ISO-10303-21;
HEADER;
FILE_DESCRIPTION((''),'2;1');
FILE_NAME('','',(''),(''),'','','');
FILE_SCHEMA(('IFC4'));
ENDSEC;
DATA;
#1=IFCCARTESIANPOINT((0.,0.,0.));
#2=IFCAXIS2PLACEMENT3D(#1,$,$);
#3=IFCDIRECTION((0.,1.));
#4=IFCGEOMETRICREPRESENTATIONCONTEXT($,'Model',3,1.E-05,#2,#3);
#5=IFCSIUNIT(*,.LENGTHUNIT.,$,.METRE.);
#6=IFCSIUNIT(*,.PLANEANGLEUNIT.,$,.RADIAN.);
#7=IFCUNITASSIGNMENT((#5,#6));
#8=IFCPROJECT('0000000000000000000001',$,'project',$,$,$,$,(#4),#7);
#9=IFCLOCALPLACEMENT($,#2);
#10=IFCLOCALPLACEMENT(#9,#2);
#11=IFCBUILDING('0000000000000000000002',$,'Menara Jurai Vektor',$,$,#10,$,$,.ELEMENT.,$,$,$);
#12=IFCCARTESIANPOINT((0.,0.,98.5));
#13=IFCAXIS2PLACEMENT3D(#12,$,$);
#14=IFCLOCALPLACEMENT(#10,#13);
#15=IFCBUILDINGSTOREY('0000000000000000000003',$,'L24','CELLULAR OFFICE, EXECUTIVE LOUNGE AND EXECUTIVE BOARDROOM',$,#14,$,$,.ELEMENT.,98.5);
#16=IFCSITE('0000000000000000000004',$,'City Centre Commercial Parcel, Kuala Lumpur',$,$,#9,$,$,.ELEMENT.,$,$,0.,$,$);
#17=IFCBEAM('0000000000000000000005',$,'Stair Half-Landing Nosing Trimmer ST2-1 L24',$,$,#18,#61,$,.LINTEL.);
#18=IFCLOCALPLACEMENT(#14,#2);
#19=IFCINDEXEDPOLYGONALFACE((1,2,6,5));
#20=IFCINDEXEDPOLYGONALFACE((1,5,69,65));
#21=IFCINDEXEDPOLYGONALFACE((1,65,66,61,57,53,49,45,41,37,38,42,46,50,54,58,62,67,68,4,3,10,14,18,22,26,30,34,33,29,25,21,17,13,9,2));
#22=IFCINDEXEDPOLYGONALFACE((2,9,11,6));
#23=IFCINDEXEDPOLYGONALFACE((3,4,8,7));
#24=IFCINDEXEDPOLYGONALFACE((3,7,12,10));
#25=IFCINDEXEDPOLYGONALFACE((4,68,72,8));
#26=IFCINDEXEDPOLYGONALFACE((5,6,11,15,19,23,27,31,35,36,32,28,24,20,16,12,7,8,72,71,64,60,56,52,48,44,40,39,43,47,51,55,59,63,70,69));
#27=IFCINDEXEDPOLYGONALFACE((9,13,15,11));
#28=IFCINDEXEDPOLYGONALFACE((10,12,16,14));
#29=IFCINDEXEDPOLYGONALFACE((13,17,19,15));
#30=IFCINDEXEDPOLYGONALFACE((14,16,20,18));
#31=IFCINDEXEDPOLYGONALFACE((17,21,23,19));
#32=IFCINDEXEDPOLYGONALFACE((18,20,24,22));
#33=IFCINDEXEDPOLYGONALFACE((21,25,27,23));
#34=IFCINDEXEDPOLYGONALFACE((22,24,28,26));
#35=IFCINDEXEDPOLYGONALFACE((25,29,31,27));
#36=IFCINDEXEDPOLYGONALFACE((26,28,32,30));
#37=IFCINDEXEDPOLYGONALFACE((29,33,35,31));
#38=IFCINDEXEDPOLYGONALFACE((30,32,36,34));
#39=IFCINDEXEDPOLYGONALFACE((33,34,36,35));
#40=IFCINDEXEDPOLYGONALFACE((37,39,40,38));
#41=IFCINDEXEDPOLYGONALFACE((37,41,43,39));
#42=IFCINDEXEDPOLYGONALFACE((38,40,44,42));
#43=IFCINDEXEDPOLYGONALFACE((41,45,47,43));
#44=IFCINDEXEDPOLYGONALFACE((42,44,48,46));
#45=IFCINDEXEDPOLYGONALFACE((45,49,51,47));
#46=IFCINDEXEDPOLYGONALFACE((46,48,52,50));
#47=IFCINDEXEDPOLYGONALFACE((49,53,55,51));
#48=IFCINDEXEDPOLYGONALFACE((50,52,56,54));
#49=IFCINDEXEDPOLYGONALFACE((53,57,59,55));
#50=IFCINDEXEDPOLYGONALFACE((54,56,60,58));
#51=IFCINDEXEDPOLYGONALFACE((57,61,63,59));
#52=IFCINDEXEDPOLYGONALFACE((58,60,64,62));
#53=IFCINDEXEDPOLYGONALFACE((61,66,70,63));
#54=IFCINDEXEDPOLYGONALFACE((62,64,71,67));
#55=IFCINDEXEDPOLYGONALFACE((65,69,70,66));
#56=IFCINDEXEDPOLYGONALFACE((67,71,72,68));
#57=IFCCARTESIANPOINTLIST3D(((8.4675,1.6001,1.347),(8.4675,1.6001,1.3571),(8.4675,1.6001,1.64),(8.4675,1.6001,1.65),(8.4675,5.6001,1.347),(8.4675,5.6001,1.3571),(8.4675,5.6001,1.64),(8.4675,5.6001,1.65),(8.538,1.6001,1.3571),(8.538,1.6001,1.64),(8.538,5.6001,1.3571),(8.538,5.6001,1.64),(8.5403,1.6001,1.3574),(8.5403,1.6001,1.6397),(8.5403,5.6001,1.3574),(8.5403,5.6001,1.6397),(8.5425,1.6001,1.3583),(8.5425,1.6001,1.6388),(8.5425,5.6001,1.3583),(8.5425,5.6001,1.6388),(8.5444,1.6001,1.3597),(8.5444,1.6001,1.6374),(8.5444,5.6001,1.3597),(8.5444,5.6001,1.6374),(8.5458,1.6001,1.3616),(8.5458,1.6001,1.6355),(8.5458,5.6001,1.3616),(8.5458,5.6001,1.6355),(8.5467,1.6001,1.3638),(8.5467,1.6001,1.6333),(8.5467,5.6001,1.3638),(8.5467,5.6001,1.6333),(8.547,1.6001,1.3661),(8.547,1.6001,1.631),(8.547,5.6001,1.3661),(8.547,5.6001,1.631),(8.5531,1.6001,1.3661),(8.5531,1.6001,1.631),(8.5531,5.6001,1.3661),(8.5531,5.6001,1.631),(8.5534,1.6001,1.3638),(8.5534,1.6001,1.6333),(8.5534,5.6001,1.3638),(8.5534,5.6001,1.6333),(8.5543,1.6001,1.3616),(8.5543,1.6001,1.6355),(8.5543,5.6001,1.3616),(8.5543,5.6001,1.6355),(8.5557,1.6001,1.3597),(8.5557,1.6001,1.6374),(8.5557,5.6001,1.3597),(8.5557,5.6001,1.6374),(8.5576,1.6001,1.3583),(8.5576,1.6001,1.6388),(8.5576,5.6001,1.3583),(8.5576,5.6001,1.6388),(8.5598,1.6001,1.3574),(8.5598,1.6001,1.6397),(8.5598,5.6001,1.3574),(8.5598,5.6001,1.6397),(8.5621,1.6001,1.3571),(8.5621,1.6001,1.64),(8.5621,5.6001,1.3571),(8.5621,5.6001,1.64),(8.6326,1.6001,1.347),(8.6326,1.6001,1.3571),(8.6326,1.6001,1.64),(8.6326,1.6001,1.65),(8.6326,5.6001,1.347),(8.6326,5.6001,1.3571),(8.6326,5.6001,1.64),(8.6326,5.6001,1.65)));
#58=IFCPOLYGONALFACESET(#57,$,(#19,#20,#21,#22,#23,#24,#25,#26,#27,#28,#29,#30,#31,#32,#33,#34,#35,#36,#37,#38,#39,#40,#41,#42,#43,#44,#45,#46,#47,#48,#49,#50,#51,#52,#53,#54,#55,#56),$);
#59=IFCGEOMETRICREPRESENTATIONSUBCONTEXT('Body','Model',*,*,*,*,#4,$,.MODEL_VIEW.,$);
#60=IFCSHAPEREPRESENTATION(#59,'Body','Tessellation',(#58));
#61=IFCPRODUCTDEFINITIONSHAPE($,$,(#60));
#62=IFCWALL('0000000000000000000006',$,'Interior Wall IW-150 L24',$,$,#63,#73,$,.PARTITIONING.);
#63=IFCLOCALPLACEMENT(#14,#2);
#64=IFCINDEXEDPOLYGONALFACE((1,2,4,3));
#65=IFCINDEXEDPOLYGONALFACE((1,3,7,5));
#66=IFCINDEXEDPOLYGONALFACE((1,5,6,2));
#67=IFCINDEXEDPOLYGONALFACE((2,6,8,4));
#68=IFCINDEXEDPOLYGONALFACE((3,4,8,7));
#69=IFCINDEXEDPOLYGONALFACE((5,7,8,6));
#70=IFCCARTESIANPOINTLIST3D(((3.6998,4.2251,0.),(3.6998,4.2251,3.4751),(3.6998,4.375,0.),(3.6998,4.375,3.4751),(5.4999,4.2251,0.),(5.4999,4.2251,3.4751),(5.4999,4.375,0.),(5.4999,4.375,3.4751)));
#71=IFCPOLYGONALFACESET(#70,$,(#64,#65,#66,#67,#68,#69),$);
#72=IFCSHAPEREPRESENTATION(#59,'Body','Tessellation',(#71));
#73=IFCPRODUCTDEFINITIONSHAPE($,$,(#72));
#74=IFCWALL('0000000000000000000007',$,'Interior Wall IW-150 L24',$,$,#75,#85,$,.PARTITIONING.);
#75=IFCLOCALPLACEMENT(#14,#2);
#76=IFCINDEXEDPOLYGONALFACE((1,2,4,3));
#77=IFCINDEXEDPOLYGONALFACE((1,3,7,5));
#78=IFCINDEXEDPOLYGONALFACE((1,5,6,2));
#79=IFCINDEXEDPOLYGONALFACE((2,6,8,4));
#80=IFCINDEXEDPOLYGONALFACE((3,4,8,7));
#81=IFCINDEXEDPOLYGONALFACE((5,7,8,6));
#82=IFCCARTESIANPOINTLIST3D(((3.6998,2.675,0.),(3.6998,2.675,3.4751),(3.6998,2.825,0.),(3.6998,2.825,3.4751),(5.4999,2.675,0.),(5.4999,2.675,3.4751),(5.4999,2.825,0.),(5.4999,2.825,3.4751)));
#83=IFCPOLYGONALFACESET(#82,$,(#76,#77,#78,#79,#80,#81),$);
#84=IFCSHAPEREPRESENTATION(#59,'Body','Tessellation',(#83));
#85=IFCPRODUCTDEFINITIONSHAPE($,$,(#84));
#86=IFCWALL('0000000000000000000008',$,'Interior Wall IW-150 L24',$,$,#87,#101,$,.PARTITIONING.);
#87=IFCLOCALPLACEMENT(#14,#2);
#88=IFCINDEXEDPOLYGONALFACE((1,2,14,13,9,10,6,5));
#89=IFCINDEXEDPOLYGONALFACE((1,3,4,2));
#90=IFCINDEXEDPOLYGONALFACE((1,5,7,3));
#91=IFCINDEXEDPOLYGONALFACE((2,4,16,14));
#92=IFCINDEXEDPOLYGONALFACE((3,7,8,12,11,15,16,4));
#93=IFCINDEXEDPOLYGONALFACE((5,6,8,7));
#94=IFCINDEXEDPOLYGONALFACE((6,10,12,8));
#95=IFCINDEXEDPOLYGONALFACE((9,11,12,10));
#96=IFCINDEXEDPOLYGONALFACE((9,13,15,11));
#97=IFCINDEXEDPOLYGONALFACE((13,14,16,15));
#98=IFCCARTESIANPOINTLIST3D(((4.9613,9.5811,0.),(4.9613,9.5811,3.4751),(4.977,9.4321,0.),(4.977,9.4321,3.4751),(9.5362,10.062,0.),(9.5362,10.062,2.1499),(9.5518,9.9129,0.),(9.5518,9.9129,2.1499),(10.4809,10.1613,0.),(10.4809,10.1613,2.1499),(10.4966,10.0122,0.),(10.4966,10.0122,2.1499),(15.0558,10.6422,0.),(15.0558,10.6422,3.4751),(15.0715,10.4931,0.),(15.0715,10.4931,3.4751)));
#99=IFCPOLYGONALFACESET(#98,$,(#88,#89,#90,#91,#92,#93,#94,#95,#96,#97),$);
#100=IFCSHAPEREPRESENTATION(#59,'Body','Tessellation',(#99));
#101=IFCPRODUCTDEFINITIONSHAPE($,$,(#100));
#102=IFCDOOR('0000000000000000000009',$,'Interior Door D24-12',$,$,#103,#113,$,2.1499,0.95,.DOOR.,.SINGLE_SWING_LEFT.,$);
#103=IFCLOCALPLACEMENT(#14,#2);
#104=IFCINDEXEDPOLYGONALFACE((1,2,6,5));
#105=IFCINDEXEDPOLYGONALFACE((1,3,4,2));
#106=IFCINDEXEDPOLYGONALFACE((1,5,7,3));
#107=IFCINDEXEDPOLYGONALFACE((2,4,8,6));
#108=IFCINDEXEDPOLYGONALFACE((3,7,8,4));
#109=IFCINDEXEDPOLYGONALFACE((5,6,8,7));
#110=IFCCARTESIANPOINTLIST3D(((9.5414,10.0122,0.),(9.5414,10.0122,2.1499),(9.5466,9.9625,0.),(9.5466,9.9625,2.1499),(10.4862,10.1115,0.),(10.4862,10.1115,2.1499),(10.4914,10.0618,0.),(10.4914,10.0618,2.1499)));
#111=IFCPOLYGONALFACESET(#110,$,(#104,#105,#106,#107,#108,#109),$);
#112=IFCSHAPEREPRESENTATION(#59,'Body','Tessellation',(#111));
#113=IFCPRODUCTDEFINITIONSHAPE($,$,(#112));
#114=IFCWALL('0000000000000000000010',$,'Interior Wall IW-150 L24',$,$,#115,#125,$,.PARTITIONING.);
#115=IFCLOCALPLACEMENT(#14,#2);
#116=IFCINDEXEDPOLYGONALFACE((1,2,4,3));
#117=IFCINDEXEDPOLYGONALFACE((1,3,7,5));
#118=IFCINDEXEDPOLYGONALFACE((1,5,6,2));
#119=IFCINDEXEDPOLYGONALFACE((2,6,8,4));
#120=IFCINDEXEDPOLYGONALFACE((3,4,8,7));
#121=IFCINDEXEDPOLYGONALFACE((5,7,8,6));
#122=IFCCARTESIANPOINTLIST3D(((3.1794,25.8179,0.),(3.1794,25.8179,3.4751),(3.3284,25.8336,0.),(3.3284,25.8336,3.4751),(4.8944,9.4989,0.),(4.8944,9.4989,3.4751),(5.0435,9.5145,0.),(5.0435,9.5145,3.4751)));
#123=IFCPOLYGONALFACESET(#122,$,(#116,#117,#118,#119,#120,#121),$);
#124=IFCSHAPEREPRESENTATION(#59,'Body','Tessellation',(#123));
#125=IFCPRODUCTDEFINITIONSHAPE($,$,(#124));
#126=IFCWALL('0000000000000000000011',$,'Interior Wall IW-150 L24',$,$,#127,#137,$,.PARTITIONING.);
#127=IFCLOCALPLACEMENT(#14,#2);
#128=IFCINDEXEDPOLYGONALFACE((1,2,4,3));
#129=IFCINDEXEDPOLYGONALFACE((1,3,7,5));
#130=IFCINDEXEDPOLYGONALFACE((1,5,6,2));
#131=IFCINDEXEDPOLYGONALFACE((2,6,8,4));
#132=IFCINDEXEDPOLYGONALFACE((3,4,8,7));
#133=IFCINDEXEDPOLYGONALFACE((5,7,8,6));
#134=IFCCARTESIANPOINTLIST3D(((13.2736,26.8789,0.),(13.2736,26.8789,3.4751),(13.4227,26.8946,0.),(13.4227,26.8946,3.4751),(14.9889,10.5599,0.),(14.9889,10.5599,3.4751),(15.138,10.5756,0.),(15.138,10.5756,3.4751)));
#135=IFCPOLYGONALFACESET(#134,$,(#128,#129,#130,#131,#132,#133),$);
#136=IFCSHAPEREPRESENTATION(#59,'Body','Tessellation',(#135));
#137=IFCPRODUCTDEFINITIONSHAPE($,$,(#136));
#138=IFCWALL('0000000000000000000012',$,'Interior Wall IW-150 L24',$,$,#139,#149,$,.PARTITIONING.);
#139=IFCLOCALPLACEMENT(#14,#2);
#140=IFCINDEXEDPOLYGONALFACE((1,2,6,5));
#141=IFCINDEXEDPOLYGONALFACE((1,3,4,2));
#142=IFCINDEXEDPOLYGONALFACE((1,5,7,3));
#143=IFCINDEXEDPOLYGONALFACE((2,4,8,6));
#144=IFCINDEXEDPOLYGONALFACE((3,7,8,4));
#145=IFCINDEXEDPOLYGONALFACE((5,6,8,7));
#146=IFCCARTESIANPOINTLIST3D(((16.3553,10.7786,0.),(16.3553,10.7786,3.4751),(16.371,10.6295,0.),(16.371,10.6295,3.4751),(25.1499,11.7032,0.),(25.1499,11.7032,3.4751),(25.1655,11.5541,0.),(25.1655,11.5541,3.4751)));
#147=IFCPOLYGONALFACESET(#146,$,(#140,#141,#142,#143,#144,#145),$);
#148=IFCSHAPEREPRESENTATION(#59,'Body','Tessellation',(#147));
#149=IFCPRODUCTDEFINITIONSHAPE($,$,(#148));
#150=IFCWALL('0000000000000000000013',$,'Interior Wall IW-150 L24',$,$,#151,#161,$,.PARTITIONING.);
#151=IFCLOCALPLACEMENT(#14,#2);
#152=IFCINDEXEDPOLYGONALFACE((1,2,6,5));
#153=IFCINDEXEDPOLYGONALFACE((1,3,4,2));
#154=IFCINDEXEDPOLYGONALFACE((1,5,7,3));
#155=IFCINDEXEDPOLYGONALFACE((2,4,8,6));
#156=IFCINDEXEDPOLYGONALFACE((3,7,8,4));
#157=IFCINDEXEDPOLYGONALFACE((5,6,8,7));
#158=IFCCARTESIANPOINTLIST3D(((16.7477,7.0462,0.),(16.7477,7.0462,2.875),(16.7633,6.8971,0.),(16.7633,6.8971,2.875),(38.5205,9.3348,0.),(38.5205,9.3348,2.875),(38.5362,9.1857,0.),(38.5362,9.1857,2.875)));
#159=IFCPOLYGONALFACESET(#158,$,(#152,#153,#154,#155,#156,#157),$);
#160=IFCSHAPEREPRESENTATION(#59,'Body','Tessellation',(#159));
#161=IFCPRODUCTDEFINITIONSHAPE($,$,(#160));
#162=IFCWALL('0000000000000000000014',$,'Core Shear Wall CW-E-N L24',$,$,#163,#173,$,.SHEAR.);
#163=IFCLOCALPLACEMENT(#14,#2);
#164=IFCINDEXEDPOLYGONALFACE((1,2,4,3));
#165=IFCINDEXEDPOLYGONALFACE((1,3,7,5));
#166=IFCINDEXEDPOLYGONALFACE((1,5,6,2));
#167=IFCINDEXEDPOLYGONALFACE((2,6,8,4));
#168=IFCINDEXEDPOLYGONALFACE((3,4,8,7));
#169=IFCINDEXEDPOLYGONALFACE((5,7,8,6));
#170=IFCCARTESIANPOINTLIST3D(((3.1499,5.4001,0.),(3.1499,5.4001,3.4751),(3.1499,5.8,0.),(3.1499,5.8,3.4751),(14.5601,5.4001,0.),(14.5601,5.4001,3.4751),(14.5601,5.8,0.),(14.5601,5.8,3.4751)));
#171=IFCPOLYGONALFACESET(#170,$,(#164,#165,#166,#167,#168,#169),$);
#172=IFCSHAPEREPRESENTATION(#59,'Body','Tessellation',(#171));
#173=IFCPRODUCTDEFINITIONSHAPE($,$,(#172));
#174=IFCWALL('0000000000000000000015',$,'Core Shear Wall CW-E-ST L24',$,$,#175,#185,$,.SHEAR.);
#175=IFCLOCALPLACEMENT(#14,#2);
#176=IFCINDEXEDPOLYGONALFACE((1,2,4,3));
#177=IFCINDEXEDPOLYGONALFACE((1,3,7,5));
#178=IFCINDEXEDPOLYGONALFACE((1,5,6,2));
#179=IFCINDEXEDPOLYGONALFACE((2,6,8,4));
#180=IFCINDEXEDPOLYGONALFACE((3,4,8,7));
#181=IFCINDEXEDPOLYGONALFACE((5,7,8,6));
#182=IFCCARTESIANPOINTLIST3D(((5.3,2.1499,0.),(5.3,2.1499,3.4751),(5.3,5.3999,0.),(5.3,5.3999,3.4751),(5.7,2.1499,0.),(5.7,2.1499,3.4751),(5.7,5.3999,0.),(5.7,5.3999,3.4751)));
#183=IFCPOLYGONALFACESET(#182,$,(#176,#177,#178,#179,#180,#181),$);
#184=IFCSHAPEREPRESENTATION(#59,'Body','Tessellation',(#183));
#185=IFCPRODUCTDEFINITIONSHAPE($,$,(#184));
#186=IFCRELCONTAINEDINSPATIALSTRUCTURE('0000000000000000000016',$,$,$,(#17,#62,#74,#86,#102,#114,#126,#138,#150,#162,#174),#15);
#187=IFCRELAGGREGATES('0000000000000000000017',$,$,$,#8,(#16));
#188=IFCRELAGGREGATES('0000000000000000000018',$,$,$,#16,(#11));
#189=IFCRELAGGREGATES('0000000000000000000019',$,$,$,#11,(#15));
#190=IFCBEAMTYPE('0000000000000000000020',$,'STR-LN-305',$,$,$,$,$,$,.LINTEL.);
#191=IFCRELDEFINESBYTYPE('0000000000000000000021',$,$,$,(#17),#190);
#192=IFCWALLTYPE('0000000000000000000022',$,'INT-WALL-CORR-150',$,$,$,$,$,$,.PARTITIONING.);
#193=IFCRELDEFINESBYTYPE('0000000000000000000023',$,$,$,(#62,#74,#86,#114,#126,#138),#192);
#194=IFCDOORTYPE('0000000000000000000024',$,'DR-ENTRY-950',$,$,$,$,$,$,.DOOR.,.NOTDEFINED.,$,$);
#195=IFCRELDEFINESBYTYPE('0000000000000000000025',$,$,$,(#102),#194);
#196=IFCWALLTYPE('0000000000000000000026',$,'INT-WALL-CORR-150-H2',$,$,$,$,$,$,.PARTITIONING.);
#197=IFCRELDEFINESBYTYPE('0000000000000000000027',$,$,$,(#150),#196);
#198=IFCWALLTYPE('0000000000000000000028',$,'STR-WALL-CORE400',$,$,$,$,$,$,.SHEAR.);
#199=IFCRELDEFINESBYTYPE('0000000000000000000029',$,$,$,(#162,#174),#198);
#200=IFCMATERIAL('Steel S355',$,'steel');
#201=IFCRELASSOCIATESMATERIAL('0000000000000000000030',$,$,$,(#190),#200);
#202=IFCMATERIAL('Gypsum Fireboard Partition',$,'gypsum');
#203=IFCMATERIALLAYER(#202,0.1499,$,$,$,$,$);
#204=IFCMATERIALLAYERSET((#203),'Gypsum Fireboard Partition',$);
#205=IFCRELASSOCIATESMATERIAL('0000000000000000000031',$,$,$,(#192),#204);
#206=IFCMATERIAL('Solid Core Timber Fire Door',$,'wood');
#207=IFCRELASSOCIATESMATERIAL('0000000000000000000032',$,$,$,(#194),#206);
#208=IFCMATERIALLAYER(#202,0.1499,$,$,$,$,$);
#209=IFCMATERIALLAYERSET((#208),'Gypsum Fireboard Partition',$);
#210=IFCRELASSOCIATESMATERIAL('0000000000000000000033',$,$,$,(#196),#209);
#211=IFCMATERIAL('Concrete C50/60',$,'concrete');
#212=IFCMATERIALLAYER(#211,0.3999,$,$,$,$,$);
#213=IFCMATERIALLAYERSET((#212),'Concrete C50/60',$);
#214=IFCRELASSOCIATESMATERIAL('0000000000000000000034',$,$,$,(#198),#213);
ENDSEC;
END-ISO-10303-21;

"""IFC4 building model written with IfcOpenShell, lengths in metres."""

from ifc_helpers import new_model, si_unit, direction, frame, frame_2d, origin, origin_2d, place, context, subcontext, project, spatial, rectangle, i_section, extrude, material, layer, layer_set, material_profile, profile_set, type_object, element, fill, save


model = new_model("IFC4")

# Units and contexts
model_context = context("Model", 3, precision=1e-05, world=origin(), true_north=direction((0.0, 1.0)))
body_context = subcontext(model_context, "Body", "Model", "MODEL_VIEW")
ifc_project = project(units=[si_unit("LENGTHUNIT", "METRE"), si_unit("PLANEANGLEUNIT", "RADIAN")], contexts=[model_context])

# Site, building, storey
site_placement = place(None, origin())
site = spatial("IfcSite", under=ifc_project, at=site_placement, Name="City Centre Commercial Parcel, Kuala Lumpur", CompositionType="ELEMENT", RefElevation=0.0)
building_placement = place(site_placement, origin())
building = spatial("IfcBuilding", under=site, at=building_placement, Name="Menara Jurai Vektor", CompositionType="ELEMENT")
storey_placement = place(building_placement, frame((0.0, 0.0, 98.5)))
storey = spatial("IfcBuildingStorey", under=building, at=storey_placement, Name="L24", Description="CELLULAR OFFICE, EXECUTIVE LOUNGE AND EXECUTIVE BOARDROOM", CompositionType="ELEMENT", Elevation=98.5)

# Shared definitions
ifc_material_1 = material(Name="Concrete C50/60", Category="concrete")
ifc_material_2 = material(Name="Steel S355", Category="steel")

# Beam
ifc_material_profile_1 = material_profile(ifc_material_2, i_section(OverallWidth=0.165, OverallDepth=0.303, WebThickness=0.0061, FlangeThickness=0.01, FilletRadius=0.009, at=origin_2d()), Name="UKB 305x165x40")
ifc_profile_set_1 = profile_set([ifc_material_profile_1], Name="Steel S355")
beam_type_1 = type_object("IfcBeamType", Name="STR-LN-305", PredefinedType="LINTEL", material=ifc_profile_set_1)
beam_1_placement = place(storey_placement, frame((8.55, 1.6001, 1.4985), z_axis=(0.0, 1.0, 0.0), x_axis=(-1.0, 0.0, 0.0)))
element("IfcBeam", 1, at=beam_1_placement, inside=storey, type_object=beam_type_1, Name="Stair Half-Landing Nosing Trimmer ST2-1 L24", PredefinedType="LINTEL", context=body_context, shape_type="SweptSolid", body=[
    extrude(i_section(OverallWidth=0.165, OverallDepth=0.303, WebThickness=0.0061, FlangeThickness=0.01, FilletRadius=0.009, at=origin_2d()), origin(), (0.0, 0.0, 1.0), 4.0),
])

# Walls
ifc_material_3 = material(Name="Gypsum Fireboard Partition", Category="gypsum")
ifc_layer_1 = layer(ifc_material_3, 0.1499)
ifc_layer_set_1 = layer_set([ifc_layer_1], Name="Gypsum Fireboard Partition")
wall_type_1 = type_object("IfcWallType", Name="INT-WALL-CORR-150", PredefinedType="PARTITIONING", material=ifc_layer_set_1)
for number, where, z_axis, x_axis, name in (
    (2, (3.7, 4.3, 0.0), (0.0, 0.0, 1.0), (1.0, 0.0, 0.0), "Interior Wall IW-150 L24"),
    (3, (3.7, 2.75, 0.0), (0.0, 0.0, 1.0), (1.0, 0.0, 0.0), "Interior Wall IW-150 L24"),
):
    element("IfcWall", number, at=place(storey_placement, frame(where, z_axis=z_axis, x_axis=x_axis)), inside=storey, type_object=wall_type_1, Name=name, PredefinedType="PARTITIONING", context=body_context, shape_type="SweptSolid", body=[
        extrude(rectangle(XDim=1.8, YDim=0.1499, at=frame_2d((0.8999, 0.0))), origin(), (0.0, 0.0, 1.0), 3.4751),
    ])

# Wall, opening, door
wall_1_placement = place(storey_placement, frame((4.969, 9.5066, 0.0), z_axis=(0.0, 0.0, 1.0), x_axis=(0.994521, 0.104535, 0.0)))
wall_1 = element("IfcWall", 4, at=wall_1_placement, inside=storey, type_object=wall_type_1, Name="Interior Wall IW-150 L24", PredefinedType="PARTITIONING", context=body_context, shape_type="SweptSolid", body=[
    extrude(rectangle(XDim=10.1501, YDim=0.1499, at=frame_2d((5.0752, 0.0))), origin(), (0.0, 0.0, 1.0), 3.4751),
])
opening_1_placement = place(wall_1_placement, frame((4.6001, 0.0, 0.0)))
opening_1 = element("IfcOpeningElement", 5, at=opening_1_placement, cuts=wall_1, PredefinedType="OPENING", context=body_context, shape_type="SweptSolid", body=[
    extrude(rectangle(XDim=0.95, YDim=2.1499, at=frame_2d((0.4751, 1.075))), frame((0.0, 0.085, 0.0), z_axis=(0.0, -1.0, 0.0), x_axis=(1.0, 0.0, 0.0)), (0.0, 0.0, 1.0), 0.1699),
])
ifc_material_4 = material(Name="Solid Core Timber Fire Door", Category="wood")
door_type_1 = type_object("IfcDoorType", Name="DR-ENTRY-950", OperationType="NOTDEFINED", PredefinedType="DOOR", material=ifc_material_4)
door_1_placement = place(opening_1_placement, origin())
door_1 = element("IfcDoor", 6, at=door_1_placement, inside=storey, type_object=door_type_1, Name="Interior Door D24-12", OperationType="SINGLE_SWING_LEFT", OverallHeight=2.1499, OverallWidth=0.95, PredefinedType="DOOR", context=body_context, shape_type="SweptSolid", body=[
    extrude(rectangle(XDim=0.95, YDim=2.1499, at=frame_2d((0.4751, 1.075))), frame((0.0, 0.0249, 0.0), z_axis=(0.0, -1.0, 0.0), x_axis=(1.0, 0.0, 0.0)), (0.0, 0.0, 1.0), 0.05),
])
fill(opening_1, door_1)

# Walls
for number, where, z_axis, x_axis, name in (
    (7, (4.969, 9.5066, 0.0), (0.0, 0.0, 1.0), (-0.104521, 0.994523, 0.0), "Interior Wall IW-150 L24"),
    (8, (15.0635, 10.5676, 0.0), (0.0, 0.0, 1.0), (-0.104536, 0.994521, 0.0), "Interior Wall IW-150 L24"),
):
    element("IfcWall", number, at=place(storey_placement, frame(where, z_axis=z_axis, x_axis=x_axis)), inside=storey, type_object=wall_type_1, Name=name, PredefinedType="PARTITIONING", context=body_context, shape_type="SweptSolid", body=[
        extrude(rectangle(XDim=16.4089, YDim=0.1499, at=frame_2d((8.2046, 0.0))), origin(), (0.0, 0.0, 1.0), 3.4751),
    ])
wall_2_placement = place(storey_placement, frame((16.3633, 10.7041, 0.0), z_axis=(0.0, 0.0, 1.0), x_axis=(0.994519, 0.104554, 0.0)))
element("IfcWall", 9, at=wall_2_placement, inside=storey, type_object=wall_type_1, Name="Interior Wall IW-150 L24", PredefinedType="PARTITIONING", context=body_context, shape_type="SweptSolid", body=[
    extrude(rectangle(XDim=8.843, YDim=0.1499, at=frame_2d((4.4214, 0.0))), origin(), (0.0, 0.0, 1.0), 3.4751),
])
ifc_layer_2 = layer(ifc_material_3, 0.1499)
ifc_layer_set_2 = layer_set([ifc_layer_2], Name="Gypsum Fireboard Partition")
wall_type_2 = type_object("IfcWallType", Name="INT-WALL-CORR-150-H2", PredefinedType="PARTITIONING", material=ifc_layer_set_2)
wall_3_placement = place(storey_placement, frame((16.7556, 6.9717, 0.0), z_axis=(0.0, 0.0, 1.0), x_axis=(0.994521, 0.104535, 0.0)))
element("IfcWall", 10, at=wall_3_placement, inside=storey, type_object=wall_type_2, Name="Interior Wall IW-150 L24", PredefinedType="PARTITIONING", context=body_context, shape_type="SweptSolid", body=[
    extrude(rectangle(XDim=21.8928, YDim=0.1499, at=frame_2d((10.9463, 0.0))), origin(), (0.0, 0.0, 1.0), 2.875),
])
ifc_layer_3 = layer(ifc_material_1, 0.3999)
ifc_layer_set_3 = layer_set([ifc_layer_3], Name="Concrete C50/60")
wall_type_3 = type_object("IfcWallType", Name="STR-WALL-CORE400", PredefinedType="SHEAR", material=ifc_layer_set_3)
wall_4_placement = place(storey_placement, frame((3.1499, 5.6001, 0.0), z_axis=(0.0, 0.0, 1.0), x_axis=(1.0, 0.0, 0.0)))
element("IfcWall", 11, at=wall_4_placement, inside=storey, type_object=wall_type_3, Name="Core Shear Wall CW-E-N L24", PredefinedType="SHEAR", context=body_context, shape_type="SweptSolid", body=[
    extrude(rectangle(XDim=11.4102, YDim=0.3999, at=frame_2d((5.7051, 0.0))), origin(), (0.0, 0.0, 1.0), 3.4751),
])
wall_5_placement = place(storey_placement, frame((5.5, 2.1499, 0.0), z_axis=(0.0, 0.0, 1.0), x_axis=(0.0, 1.0, 0.0)))
element("IfcWall", 12, at=wall_5_placement, inside=storey, type_object=wall_type_3, Name="Core Shear Wall CW-E-ST L24", PredefinedType="SHEAR", context=body_context, shape_type="SweptSolid", body=[
    extrude(rectangle(XDim=3.25, YDim=0.3999, at=frame_2d((1.625, 0.0))), origin(), (0.0, 0.0, 1.0), 3.4751),
])

save(model, "model.ifc")
